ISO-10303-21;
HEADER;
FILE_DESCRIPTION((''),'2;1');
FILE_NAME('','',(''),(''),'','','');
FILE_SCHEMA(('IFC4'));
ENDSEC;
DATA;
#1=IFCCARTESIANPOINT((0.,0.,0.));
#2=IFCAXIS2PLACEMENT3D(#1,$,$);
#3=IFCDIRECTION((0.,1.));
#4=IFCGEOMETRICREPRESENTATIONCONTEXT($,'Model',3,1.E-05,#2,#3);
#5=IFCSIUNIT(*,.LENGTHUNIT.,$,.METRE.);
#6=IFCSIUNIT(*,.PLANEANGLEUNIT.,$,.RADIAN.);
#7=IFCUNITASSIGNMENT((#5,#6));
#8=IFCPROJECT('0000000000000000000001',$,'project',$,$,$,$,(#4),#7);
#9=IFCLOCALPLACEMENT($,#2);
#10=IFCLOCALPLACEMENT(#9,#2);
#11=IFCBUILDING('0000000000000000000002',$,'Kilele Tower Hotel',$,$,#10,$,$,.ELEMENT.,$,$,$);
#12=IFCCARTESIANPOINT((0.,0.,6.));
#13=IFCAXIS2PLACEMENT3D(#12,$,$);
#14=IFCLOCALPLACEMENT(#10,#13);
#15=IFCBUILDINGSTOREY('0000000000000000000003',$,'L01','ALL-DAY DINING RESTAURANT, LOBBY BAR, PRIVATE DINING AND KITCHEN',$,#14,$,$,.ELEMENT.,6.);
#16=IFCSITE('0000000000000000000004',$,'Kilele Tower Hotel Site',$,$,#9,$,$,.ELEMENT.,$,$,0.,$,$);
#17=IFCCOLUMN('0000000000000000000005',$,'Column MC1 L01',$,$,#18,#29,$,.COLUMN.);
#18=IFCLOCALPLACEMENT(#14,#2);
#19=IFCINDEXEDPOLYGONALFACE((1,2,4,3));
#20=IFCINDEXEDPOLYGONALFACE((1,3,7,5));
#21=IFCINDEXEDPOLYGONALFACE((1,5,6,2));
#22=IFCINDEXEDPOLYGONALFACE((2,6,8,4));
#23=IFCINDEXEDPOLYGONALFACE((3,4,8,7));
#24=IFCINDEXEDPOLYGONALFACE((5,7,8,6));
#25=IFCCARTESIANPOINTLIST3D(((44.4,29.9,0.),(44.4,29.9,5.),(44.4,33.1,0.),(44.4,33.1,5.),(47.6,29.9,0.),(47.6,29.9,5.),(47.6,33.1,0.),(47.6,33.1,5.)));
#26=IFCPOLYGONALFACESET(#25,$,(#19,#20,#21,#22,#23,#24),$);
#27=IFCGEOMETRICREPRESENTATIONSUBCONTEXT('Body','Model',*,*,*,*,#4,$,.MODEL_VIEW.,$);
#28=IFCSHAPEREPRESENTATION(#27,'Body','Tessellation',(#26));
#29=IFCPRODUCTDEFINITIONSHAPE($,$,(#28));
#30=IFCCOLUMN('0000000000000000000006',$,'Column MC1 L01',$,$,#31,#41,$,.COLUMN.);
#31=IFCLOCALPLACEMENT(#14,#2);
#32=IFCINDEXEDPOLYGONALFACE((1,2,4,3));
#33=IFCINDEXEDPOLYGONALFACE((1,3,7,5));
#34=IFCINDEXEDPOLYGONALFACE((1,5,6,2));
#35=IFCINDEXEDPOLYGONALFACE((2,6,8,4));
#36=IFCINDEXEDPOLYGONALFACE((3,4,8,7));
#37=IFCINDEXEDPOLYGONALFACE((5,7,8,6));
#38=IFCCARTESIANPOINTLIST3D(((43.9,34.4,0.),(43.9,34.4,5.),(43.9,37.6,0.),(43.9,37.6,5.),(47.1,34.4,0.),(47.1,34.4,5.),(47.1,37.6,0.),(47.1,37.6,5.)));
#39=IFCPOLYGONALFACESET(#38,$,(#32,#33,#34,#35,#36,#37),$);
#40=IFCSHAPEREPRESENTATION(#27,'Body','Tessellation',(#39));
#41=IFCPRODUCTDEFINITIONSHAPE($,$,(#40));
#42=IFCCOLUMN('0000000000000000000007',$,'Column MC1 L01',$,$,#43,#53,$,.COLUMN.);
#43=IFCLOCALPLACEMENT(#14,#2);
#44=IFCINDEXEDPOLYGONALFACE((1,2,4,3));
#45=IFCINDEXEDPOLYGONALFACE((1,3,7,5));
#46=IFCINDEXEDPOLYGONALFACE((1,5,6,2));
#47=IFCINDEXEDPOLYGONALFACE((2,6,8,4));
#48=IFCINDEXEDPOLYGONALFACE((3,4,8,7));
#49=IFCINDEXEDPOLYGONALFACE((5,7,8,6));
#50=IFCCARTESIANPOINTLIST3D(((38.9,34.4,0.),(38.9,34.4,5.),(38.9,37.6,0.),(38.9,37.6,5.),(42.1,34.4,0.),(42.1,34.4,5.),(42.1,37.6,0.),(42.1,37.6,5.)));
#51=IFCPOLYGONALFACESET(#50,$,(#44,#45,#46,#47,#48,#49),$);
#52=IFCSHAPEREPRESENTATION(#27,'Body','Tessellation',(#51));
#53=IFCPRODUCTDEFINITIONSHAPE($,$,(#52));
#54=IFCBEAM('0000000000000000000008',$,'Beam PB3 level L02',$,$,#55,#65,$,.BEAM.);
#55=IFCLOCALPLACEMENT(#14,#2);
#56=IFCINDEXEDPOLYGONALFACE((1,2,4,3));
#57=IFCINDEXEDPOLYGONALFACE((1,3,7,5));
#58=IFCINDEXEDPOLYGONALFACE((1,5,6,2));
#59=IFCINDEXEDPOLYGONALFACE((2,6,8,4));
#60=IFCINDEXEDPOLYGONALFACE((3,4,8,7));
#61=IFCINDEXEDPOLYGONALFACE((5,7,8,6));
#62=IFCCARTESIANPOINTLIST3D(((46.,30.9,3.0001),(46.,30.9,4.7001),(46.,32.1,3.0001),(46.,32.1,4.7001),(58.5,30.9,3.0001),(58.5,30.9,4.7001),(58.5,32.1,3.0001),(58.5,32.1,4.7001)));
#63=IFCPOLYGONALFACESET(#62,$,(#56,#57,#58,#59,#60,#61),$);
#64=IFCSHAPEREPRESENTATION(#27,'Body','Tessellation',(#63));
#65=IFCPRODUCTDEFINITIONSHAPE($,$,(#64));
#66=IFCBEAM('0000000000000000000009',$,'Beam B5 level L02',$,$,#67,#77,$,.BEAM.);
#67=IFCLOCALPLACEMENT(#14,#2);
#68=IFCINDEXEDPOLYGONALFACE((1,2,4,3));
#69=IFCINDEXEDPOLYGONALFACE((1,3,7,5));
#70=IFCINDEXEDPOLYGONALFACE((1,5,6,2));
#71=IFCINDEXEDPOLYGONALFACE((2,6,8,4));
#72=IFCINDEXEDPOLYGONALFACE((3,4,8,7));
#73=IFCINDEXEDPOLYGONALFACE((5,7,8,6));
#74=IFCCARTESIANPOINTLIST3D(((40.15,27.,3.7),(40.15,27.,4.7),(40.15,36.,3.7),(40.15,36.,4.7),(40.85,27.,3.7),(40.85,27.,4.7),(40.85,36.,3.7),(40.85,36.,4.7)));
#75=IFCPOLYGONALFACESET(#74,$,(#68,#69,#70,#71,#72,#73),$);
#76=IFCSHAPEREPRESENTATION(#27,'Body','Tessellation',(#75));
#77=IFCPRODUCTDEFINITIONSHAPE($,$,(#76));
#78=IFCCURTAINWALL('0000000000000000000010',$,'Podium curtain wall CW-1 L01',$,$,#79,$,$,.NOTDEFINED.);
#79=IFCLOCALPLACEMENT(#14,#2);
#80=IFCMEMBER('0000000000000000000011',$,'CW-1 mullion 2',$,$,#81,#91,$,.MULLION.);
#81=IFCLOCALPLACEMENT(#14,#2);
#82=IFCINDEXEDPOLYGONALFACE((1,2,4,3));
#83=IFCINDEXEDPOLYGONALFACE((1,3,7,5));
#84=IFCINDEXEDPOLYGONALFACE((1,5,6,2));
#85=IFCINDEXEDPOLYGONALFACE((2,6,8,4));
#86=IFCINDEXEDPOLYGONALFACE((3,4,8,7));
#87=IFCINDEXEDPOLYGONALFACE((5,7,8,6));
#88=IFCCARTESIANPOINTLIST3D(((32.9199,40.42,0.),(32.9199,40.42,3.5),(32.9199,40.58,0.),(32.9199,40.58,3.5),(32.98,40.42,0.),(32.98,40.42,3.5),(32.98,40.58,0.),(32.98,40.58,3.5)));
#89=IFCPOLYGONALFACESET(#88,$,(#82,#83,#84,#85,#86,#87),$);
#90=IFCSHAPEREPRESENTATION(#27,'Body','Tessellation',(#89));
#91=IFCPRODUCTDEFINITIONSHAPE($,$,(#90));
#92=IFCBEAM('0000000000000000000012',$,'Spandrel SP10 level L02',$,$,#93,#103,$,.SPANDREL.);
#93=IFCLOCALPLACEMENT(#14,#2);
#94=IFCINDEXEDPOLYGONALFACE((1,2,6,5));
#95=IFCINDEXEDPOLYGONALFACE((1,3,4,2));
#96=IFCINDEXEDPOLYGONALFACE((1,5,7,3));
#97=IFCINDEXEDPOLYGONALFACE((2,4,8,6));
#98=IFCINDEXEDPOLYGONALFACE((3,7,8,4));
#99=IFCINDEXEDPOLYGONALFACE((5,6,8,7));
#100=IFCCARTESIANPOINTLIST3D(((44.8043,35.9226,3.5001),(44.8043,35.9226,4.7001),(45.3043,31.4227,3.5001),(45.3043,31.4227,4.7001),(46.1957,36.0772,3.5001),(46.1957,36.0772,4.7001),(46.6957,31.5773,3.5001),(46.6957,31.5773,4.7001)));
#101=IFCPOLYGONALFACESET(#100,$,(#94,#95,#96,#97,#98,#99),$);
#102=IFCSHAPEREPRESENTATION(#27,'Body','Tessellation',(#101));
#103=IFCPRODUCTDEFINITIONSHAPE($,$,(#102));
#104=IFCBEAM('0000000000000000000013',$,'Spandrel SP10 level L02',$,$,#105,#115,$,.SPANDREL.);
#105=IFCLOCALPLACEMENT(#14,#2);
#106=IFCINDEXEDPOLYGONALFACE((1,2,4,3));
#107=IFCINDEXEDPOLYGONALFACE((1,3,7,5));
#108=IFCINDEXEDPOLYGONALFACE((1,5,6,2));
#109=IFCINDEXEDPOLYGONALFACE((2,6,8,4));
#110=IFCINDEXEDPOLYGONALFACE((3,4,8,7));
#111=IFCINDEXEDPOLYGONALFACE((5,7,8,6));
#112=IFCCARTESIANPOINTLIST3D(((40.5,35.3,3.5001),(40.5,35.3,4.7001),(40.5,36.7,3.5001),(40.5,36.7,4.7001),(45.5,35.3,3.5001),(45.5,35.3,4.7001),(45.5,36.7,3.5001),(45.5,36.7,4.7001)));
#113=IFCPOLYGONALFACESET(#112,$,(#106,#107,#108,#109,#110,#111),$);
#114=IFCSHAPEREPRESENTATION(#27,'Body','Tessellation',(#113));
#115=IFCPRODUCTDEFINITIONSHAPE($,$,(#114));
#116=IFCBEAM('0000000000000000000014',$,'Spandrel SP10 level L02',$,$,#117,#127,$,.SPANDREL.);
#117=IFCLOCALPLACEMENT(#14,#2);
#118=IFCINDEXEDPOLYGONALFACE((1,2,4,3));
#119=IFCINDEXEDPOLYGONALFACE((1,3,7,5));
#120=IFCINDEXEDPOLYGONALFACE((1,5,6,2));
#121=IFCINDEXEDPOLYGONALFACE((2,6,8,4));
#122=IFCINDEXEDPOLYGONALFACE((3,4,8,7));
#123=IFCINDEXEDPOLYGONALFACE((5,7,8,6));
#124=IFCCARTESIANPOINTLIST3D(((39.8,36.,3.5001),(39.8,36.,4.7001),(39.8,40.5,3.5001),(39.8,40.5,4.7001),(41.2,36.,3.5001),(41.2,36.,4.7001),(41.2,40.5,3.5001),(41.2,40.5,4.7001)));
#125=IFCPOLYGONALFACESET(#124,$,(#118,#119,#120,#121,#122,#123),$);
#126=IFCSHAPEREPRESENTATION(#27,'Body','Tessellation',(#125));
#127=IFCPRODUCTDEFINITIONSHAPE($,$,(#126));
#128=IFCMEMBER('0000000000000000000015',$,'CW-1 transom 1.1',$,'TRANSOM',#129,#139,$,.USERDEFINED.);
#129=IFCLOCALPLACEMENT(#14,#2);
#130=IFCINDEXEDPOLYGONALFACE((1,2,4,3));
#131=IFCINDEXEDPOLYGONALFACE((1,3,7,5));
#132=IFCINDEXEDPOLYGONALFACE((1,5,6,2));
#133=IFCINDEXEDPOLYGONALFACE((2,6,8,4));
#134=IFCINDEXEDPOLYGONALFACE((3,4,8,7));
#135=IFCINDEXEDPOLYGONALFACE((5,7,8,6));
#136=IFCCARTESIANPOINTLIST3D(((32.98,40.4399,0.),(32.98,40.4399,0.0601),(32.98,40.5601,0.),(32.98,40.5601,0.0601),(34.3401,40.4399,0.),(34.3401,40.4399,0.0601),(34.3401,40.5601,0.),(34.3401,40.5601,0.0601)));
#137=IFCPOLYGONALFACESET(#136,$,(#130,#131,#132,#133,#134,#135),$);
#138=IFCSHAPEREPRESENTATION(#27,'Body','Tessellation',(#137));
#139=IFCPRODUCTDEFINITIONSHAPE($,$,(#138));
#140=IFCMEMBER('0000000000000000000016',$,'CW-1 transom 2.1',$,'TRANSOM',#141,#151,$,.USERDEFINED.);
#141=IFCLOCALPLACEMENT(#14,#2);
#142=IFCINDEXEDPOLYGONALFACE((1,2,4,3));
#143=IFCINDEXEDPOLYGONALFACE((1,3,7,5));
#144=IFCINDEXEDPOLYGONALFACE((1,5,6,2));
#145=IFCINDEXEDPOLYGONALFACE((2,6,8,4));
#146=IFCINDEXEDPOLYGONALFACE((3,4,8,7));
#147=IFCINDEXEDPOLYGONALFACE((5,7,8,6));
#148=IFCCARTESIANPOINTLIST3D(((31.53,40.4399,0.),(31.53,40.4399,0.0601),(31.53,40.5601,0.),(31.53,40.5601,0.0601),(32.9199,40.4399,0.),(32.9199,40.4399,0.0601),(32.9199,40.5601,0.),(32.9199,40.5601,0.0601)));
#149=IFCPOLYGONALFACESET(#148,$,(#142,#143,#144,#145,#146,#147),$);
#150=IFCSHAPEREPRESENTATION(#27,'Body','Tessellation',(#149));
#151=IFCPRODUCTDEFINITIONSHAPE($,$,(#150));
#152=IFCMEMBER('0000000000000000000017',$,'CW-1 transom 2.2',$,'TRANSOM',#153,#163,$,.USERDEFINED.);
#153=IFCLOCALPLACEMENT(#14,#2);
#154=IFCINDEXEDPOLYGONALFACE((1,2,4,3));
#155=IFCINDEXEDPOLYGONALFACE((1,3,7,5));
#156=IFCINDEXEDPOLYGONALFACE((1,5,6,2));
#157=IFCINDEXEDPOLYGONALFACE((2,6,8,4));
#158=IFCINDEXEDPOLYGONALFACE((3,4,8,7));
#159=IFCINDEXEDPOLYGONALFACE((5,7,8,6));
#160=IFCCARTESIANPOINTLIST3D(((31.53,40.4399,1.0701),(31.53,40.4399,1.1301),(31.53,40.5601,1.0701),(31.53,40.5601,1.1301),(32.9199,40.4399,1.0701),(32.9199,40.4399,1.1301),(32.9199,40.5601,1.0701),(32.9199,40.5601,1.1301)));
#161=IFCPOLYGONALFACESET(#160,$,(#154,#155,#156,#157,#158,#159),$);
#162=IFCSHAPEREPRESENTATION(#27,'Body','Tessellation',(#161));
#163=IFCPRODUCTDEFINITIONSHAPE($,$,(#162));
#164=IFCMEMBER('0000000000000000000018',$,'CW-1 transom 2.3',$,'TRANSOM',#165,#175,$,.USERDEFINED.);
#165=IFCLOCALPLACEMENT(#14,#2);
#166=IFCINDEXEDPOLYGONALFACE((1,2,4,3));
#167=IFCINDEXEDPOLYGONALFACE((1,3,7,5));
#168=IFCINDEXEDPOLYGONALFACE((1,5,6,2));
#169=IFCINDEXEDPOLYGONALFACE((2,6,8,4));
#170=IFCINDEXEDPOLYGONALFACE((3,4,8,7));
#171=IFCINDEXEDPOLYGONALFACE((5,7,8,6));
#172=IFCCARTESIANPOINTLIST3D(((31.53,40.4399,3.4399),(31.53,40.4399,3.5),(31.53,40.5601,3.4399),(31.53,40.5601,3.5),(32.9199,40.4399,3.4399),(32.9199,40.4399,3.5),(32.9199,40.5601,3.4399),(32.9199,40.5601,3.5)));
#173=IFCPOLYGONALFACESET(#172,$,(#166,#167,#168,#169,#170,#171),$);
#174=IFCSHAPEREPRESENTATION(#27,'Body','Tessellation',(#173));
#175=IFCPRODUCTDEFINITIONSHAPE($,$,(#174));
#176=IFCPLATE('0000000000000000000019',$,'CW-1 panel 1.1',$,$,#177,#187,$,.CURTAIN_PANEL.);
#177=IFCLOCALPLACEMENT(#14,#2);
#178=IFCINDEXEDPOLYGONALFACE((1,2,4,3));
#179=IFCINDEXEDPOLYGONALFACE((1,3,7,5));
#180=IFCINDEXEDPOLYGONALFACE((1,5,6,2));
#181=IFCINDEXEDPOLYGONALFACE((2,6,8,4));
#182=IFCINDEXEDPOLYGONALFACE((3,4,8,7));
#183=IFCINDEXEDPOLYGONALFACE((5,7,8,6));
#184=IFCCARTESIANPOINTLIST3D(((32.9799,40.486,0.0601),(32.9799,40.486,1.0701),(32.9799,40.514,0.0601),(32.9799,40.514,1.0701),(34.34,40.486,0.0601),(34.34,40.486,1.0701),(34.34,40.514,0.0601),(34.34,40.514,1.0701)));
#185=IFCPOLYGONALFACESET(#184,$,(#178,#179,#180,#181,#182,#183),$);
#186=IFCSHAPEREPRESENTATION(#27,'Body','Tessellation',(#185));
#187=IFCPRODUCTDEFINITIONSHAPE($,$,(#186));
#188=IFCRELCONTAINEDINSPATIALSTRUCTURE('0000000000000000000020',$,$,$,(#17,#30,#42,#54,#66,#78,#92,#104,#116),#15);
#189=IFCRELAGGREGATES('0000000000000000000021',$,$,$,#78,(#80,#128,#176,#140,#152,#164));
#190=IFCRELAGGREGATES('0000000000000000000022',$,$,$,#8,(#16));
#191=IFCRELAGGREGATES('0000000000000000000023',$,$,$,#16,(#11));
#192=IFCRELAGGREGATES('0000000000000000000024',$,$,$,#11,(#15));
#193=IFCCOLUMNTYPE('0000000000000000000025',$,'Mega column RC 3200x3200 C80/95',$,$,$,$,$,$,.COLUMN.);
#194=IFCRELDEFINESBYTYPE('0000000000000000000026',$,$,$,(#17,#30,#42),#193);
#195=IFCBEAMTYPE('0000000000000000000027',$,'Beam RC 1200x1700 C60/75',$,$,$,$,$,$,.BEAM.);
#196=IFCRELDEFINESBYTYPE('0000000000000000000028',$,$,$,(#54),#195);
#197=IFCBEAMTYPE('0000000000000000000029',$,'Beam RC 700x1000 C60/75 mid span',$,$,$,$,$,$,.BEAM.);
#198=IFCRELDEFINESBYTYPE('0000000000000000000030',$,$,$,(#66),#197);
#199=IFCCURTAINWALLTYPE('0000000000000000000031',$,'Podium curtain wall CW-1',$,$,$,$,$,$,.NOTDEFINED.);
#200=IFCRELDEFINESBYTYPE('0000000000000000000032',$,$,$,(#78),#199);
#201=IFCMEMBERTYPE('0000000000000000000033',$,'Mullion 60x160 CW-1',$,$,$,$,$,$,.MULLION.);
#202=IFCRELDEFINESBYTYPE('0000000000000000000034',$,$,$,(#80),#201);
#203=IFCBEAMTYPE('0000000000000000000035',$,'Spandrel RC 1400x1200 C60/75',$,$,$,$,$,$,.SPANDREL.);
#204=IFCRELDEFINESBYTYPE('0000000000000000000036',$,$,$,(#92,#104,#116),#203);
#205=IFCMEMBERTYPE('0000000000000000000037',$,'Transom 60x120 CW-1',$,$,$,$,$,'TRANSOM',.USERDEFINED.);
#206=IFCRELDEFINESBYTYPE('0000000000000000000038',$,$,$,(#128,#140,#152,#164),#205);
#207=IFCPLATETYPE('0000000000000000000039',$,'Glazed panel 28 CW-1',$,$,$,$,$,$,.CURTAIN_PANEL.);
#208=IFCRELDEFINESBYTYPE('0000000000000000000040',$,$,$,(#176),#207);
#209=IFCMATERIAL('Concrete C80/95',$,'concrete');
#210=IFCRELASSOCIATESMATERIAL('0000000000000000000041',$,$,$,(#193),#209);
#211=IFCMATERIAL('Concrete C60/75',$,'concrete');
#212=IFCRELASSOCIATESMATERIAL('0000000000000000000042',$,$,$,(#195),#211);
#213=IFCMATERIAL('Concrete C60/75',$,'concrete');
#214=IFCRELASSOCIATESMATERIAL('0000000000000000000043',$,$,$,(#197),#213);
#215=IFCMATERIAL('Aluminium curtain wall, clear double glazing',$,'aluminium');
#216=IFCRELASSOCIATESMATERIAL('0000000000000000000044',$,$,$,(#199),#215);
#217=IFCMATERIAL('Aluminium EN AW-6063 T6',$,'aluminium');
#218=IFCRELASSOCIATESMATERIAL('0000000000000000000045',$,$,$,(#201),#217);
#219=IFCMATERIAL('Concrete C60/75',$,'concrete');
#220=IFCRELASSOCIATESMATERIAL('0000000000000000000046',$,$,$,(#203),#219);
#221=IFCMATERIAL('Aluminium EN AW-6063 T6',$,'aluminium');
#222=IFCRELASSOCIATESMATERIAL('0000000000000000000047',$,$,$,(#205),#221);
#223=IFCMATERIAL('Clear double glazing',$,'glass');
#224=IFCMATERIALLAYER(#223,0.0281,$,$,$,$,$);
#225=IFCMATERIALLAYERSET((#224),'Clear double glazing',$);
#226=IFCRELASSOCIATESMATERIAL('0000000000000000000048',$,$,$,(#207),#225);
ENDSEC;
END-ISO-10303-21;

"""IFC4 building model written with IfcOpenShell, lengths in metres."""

from ifc_helpers import new_model, si_unit, direction, frame, origin, origin_2d, place, context, subcontext, project, spatial, rectangle, extrude, material, layer, layer_set, material_profile, profile_set, type_object, element, aggregate, save


model = new_model("IFC4")

# Units and contexts
model_context = context("Model", 3, precision=1e-05, world=origin(), true_north=direction((0.0, 1.0)))
body_context = subcontext(model_context, "Body", "Model", "MODEL_VIEW")
ifc_project = project(units=[si_unit("LENGTHUNIT", "METRE"), si_unit("PLANEANGLEUNIT", "RADIAN")], contexts=[model_context])

# Site, building, storey
site_placement = place(None, origin())
site = spatial("IfcSite", under=ifc_project, at=site_placement, Name="Kilele Tower Hotel Site", CompositionType="ELEMENT", RefElevation=0.0)
building_placement = place(site_placement, origin())
building = spatial("IfcBuilding", under=site, at=building_placement, Name="Kilele Tower Hotel", CompositionType="ELEMENT")
storey_placement = place(building_placement, frame((0.0, 0.0, 6.0)))
storey = spatial("IfcBuildingStorey", under=building, at=storey_placement, Name="L01", Description="ALL-DAY DINING RESTAURANT, LOBBY BAR, PRIVATE DINING AND KITCHEN", CompositionType="ELEMENT", Elevation=6.0)

# Columns
ifc_material_1 = material(Name="Concrete C80/95", Category="concrete")
ifc_material_profile_1 = material_profile(ifc_material_1, rectangle(XDim=3.2, YDim=3.2, at=origin_2d()))
ifc_profile_set_1 = profile_set([ifc_material_profile_1], Name="Concrete C80/95")
column_type = type_object("IfcColumnType", Name="Mega column RC 3200x3200 C80/95", PredefinedType="COLUMN", material=ifc_profile_set_1)
for number, where, z_axis, x_axis, name in (
    (1, (46.0, 31.5, 0.0), (0.0, 0.0, 1.0), (1.0, 0.0, 0.0), "Column MC1 L01"),
    (2, (45.5, 36.0, 0.0), (0.0, 0.0, 1.0), (1.0, 0.0, 0.0), "Column MC1 L01"),
    (3, (40.5, 36.0, 0.0), (0.0, 0.0, 1.0), (1.0, 0.0, 0.0), "Column MC1 L01"),
):
    element("IfcColumn", number, at=place(storey_placement, frame(where, z_axis=z_axis, x_axis=x_axis)), inside=storey, type_object=column_type, Name=name, PredefinedType="COLUMN", context=body_context, shape_type="SweptSolid", body=[
        extrude(rectangle(XDim=3.2, YDim=3.2, at=origin_2d()), origin(), (0.0, 0.0, 1.0), 5.0),
    ])

# Beams
ifc_material_2 = material(Name="Concrete C60/75", Category="concrete")
ifc_material_profile_2 = material_profile(ifc_material_2, rectangle(XDim=1.2, YDim=1.7, at=origin_2d()))
ifc_profile_set_2 = profile_set([ifc_material_profile_2], Name="Concrete C60/75")
beam_type_1 = type_object("IfcBeamType", Name="Beam RC 1200x1700 C60/75", PredefinedType="BEAM", material=ifc_profile_set_2)
beam_1_placement = place(storey_placement, frame((46.0, 31.5, 3.8501), z_axis=(1.0, 0.0, 0.0), x_axis=(0.0, 1.0, 0.0)))
element("IfcBeam", 4, at=beam_1_placement, inside=storey, type_object=beam_type_1, Name="Beam PB3 level L02", PredefinedType="BEAM", context=body_context, shape_type="SweptSolid", body=[
    extrude(rectangle(XDim=1.2, YDim=1.7, at=origin_2d()), origin(), (0.0, 0.0, 1.0), 12.5),
])
ifc_material_3 = material(Name="Concrete C60/75", Category="concrete")
ifc_material_profile_3 = material_profile(ifc_material_3, rectangle(XDim=0.7, YDim=1.0, at=origin_2d()))
ifc_profile_set_3 = profile_set([ifc_material_profile_3], Name="Concrete C60/75")
beam_type_2 = type_object("IfcBeamType", Name="Beam RC 700x1000 C60/75 mid span", PredefinedType="BEAM", material=ifc_profile_set_3)
beam_2_placement = place(storey_placement, frame((40.5, 36.0, 4.2), z_axis=(0.0, -1.0, 0.0), x_axis=(1.0, 0.0, 0.0)))
element("IfcBeam", 5, at=beam_2_placement, inside=storey, type_object=beam_type_2, Name="Beam B5 level L02", PredefinedType="BEAM", context=body_context, shape_type="SweptSolid", body=[
    extrude(rectangle(XDim=0.7, YDim=1.0, at=origin_2d()), origin(), (0.0, 0.0, 1.0), 9.0),
])

# Curtain wall, member
ifc_material_4 = material(Name="Aluminium curtain wall, clear double glazing", Category="aluminium")
curtain_wall_type = type_object("IfcCurtainWallType", Name="Podium curtain wall CW-1", PredefinedType="NOTDEFINED", material=ifc_material_4)
curtain_wall_placement = place(storey_placement, origin())
curtain_wall = element("IfcCurtainWall", 6, at=curtain_wall_placement, inside=storey, type_object=curtain_wall_type, Name="Podium curtain wall CW-1 L01", PredefinedType="NOTDEFINED")
ifc_material_5 = material(Name="Aluminium EN AW-6063 T6", Category="aluminium")
ifc_material_profile_4 = material_profile(ifc_material_5, rectangle(XDim=0.1599, YDim=0.0601, at=origin_2d()))
ifc_profile_set_4 = profile_set([ifc_material_profile_4], Name="Aluminium EN AW-6063 T6")
member_type_1 = type_object("IfcMemberType", Name="Mullion 60x160 CW-1", PredefinedType="MULLION", material=ifc_profile_set_4)
member_1_placement = place(storey_placement, frame((32.95, 40.5, 0.0), z_axis=(0.0, 0.0, 1.0), x_axis=(0.0, -1.0, 0.0)))
member_1 = element("IfcMember", 7, at=member_1_placement, type_object=member_type_1, Name="CW-1 mullion 2", PredefinedType="MULLION", context=body_context, shape_type="SweptSolid", body=[
    extrude(rectangle(XDim=0.1599, YDim=0.0601, at=origin_2d()), origin(), (0.0, 0.0, 1.0), 3.5),
])

# Beams
ifc_material_6 = material(Name="Concrete C60/75", Category="concrete")
ifc_material_profile_5 = material_profile(ifc_material_6, rectangle(XDim=1.3999, YDim=1.2, at=origin_2d()))
ifc_profile_set_5 = profile_set([ifc_material_profile_5], Name="Concrete C60/75")
beam_type_3 = type_object("IfcBeamType", Name="Spandrel RC 1400x1200 C60/75", PredefinedType="SPANDREL", material=ifc_profile_set_5)
beam_3_placement = place(storey_placement, frame((46.0, 31.5, 4.1001), z_axis=(-0.110432, 0.993884, 0.0), x_axis=(-0.993884, -0.110432, 0.0)))
element("IfcBeam", 8, at=beam_3_placement, inside=storey, type_object=beam_type_3, Name="Spandrel SP10 level L02", PredefinedType="SPANDREL", context=body_context, shape_type="SweptSolid", body=[
    extrude(rectangle(XDim=1.3999, YDim=1.2, at=origin_2d()), origin(), (0.0, 0.0, 1.0), 4.5276),
])
beam_4_placement = place(storey_placement, frame((45.5, 36.0, 4.1001), z_axis=(-1.0, 0.0, 0.0), x_axis=(0.0, -1.0, 0.0)))
element("IfcBeam", 9, at=beam_4_placement, inside=storey, type_object=beam_type_3, Name="Spandrel SP10 level L02", PredefinedType="SPANDREL", context=body_context, shape_type="SweptSolid", body=[
    extrude(rectangle(XDim=1.3999, YDim=1.2, at=origin_2d()), origin(), (0.0, 0.0, 1.0), 5.0),
])
beam_5_placement = place(storey_placement, frame((40.5, 36.0, 4.1001), z_axis=(0.0, 1.0, 0.0), x_axis=(-1.0, 0.0, 0.0)))
element("IfcBeam", 10, at=beam_5_placement, inside=storey, type_object=beam_type_3, Name="Spandrel SP10 level L02", PredefinedType="SPANDREL", context=body_context, shape_type="SweptSolid", body=[
    extrude(rectangle(XDim=1.3999, YDim=1.2, at=origin_2d()), origin(), (0.0, 0.0, 1.0), 4.5),
])

# Members
ifc_material_7 = material(Name="Aluminium EN AW-6063 T6", Category="aluminium")
ifc_material_profile_6 = material_profile(ifc_material_7, rectangle(XDim=0.1201, YDim=0.0601, at=origin_2d()))
ifc_profile_set_6 = profile_set([ifc_material_profile_6], Name="Aluminium EN AW-6063 T6")
member_type_2 = type_object("IfcMemberType", Name="Transom 60x120 CW-1", ElementType="TRANSOM", PredefinedType="USERDEFINED", material=ifc_profile_set_6)
member_2_placement = place(storey_placement, frame((34.3401, 40.5, 0.03), z_axis=(-1.0, 0.0, 0.0), x_axis=(0.0, -1.0, 0.0)))
member_2 = element("IfcMember", 11, at=member_2_placement, type_object=member_type_2, Name="CW-1 transom 1.1", ObjectType="TRANSOM", PredefinedType="USERDEFINED", context=body_context, shape_type="SweptSolid", body=[
    extrude(rectangle(XDim=0.1201, YDim=0.0601, at=origin_2d()), origin(), (0.0, 0.0, 1.0), 1.3601),
])
member_3_placement = place(storey_placement, frame((32.9199, 40.5, 0.03), z_axis=(-1.0, 0.0, 0.0), x_axis=(0.0, -1.0, 0.0)))
member_3 = element("IfcMember", 12, at=member_3_placement, type_object=member_type_2, Name="CW-1 transom 2.1", ObjectType="TRANSOM", PredefinedType="USERDEFINED", context=body_context, shape_type="SweptSolid", body=[
    extrude(rectangle(XDim=0.1201, YDim=0.0601, at=origin_2d()), origin(), (0.0, 0.0, 1.0), 1.3899),
])
member_4_placement = place(storey_placement, frame((32.9199, 40.5, 1.1001), z_axis=(-1.0, 0.0, 0.0), x_axis=(0.0, -1.0, 0.0)))
member_4 = element("IfcMember", 13, at=member_4_placement, type_object=member_type_2, Name="CW-1 transom 2.2", ObjectType="TRANSOM", PredefinedType="USERDEFINED", context=body_context, shape_type="SweptSolid", body=[
    extrude(rectangle(XDim=0.1201, YDim=0.0601, at=origin_2d()), origin(), (0.0, 0.0, 1.0), 1.3899),
])
member_5_placement = place(storey_placement, frame((32.9199, 40.5, 3.47), z_axis=(-1.0, 0.0, 0.0), x_axis=(0.0, -1.0, 0.0)))
member_5 = element("IfcMember", 14, at=member_5_placement, type_object=member_type_2, Name="CW-1 transom 2.3", ObjectType="TRANSOM", PredefinedType="USERDEFINED", context=body_context, shape_type="SweptSolid", body=[
    extrude(rectangle(XDim=0.1201, YDim=0.0601, at=origin_2d()), origin(), (0.0, 0.0, 1.0), 1.3899),
])

# Plate
ifc_material_8 = material(Name="Clear double glazing", Category="glass")
ifc_layer_1 = layer(ifc_material_8, 0.0281)
ifc_layer_set_1 = layer_set([ifc_layer_1], Name="Clear double glazing")
plate_type = type_object("IfcPlateType", Name="Glazed panel 28 CW-1", PredefinedType="CURTAIN_PANEL", material=ifc_layer_set_1)
plate_1_placement = place(storey_placement, frame((33.6599, 40.5, 0.0601), z_axis=(0.0, 0.0, 1.0), x_axis=(-1.0, 0.0, 0.0)))
plate_1 = element("IfcPlate", 15, at=plate_1_placement, type_object=plate_type, Name="CW-1 panel 1.1", PredefinedType="CURTAIN_PANEL", context=body_context, shape_type="SweptSolid", body=[
    extrude(rectangle(XDim=1.3601, YDim=0.0281, at=origin_2d()), origin(), (0.0, 0.0, 1.0), 1.01),
])
aggregate(curtain_wall, [member_1, member_2, plate_1, member_3, member_4, member_5])

save(model, "model.ifc")
